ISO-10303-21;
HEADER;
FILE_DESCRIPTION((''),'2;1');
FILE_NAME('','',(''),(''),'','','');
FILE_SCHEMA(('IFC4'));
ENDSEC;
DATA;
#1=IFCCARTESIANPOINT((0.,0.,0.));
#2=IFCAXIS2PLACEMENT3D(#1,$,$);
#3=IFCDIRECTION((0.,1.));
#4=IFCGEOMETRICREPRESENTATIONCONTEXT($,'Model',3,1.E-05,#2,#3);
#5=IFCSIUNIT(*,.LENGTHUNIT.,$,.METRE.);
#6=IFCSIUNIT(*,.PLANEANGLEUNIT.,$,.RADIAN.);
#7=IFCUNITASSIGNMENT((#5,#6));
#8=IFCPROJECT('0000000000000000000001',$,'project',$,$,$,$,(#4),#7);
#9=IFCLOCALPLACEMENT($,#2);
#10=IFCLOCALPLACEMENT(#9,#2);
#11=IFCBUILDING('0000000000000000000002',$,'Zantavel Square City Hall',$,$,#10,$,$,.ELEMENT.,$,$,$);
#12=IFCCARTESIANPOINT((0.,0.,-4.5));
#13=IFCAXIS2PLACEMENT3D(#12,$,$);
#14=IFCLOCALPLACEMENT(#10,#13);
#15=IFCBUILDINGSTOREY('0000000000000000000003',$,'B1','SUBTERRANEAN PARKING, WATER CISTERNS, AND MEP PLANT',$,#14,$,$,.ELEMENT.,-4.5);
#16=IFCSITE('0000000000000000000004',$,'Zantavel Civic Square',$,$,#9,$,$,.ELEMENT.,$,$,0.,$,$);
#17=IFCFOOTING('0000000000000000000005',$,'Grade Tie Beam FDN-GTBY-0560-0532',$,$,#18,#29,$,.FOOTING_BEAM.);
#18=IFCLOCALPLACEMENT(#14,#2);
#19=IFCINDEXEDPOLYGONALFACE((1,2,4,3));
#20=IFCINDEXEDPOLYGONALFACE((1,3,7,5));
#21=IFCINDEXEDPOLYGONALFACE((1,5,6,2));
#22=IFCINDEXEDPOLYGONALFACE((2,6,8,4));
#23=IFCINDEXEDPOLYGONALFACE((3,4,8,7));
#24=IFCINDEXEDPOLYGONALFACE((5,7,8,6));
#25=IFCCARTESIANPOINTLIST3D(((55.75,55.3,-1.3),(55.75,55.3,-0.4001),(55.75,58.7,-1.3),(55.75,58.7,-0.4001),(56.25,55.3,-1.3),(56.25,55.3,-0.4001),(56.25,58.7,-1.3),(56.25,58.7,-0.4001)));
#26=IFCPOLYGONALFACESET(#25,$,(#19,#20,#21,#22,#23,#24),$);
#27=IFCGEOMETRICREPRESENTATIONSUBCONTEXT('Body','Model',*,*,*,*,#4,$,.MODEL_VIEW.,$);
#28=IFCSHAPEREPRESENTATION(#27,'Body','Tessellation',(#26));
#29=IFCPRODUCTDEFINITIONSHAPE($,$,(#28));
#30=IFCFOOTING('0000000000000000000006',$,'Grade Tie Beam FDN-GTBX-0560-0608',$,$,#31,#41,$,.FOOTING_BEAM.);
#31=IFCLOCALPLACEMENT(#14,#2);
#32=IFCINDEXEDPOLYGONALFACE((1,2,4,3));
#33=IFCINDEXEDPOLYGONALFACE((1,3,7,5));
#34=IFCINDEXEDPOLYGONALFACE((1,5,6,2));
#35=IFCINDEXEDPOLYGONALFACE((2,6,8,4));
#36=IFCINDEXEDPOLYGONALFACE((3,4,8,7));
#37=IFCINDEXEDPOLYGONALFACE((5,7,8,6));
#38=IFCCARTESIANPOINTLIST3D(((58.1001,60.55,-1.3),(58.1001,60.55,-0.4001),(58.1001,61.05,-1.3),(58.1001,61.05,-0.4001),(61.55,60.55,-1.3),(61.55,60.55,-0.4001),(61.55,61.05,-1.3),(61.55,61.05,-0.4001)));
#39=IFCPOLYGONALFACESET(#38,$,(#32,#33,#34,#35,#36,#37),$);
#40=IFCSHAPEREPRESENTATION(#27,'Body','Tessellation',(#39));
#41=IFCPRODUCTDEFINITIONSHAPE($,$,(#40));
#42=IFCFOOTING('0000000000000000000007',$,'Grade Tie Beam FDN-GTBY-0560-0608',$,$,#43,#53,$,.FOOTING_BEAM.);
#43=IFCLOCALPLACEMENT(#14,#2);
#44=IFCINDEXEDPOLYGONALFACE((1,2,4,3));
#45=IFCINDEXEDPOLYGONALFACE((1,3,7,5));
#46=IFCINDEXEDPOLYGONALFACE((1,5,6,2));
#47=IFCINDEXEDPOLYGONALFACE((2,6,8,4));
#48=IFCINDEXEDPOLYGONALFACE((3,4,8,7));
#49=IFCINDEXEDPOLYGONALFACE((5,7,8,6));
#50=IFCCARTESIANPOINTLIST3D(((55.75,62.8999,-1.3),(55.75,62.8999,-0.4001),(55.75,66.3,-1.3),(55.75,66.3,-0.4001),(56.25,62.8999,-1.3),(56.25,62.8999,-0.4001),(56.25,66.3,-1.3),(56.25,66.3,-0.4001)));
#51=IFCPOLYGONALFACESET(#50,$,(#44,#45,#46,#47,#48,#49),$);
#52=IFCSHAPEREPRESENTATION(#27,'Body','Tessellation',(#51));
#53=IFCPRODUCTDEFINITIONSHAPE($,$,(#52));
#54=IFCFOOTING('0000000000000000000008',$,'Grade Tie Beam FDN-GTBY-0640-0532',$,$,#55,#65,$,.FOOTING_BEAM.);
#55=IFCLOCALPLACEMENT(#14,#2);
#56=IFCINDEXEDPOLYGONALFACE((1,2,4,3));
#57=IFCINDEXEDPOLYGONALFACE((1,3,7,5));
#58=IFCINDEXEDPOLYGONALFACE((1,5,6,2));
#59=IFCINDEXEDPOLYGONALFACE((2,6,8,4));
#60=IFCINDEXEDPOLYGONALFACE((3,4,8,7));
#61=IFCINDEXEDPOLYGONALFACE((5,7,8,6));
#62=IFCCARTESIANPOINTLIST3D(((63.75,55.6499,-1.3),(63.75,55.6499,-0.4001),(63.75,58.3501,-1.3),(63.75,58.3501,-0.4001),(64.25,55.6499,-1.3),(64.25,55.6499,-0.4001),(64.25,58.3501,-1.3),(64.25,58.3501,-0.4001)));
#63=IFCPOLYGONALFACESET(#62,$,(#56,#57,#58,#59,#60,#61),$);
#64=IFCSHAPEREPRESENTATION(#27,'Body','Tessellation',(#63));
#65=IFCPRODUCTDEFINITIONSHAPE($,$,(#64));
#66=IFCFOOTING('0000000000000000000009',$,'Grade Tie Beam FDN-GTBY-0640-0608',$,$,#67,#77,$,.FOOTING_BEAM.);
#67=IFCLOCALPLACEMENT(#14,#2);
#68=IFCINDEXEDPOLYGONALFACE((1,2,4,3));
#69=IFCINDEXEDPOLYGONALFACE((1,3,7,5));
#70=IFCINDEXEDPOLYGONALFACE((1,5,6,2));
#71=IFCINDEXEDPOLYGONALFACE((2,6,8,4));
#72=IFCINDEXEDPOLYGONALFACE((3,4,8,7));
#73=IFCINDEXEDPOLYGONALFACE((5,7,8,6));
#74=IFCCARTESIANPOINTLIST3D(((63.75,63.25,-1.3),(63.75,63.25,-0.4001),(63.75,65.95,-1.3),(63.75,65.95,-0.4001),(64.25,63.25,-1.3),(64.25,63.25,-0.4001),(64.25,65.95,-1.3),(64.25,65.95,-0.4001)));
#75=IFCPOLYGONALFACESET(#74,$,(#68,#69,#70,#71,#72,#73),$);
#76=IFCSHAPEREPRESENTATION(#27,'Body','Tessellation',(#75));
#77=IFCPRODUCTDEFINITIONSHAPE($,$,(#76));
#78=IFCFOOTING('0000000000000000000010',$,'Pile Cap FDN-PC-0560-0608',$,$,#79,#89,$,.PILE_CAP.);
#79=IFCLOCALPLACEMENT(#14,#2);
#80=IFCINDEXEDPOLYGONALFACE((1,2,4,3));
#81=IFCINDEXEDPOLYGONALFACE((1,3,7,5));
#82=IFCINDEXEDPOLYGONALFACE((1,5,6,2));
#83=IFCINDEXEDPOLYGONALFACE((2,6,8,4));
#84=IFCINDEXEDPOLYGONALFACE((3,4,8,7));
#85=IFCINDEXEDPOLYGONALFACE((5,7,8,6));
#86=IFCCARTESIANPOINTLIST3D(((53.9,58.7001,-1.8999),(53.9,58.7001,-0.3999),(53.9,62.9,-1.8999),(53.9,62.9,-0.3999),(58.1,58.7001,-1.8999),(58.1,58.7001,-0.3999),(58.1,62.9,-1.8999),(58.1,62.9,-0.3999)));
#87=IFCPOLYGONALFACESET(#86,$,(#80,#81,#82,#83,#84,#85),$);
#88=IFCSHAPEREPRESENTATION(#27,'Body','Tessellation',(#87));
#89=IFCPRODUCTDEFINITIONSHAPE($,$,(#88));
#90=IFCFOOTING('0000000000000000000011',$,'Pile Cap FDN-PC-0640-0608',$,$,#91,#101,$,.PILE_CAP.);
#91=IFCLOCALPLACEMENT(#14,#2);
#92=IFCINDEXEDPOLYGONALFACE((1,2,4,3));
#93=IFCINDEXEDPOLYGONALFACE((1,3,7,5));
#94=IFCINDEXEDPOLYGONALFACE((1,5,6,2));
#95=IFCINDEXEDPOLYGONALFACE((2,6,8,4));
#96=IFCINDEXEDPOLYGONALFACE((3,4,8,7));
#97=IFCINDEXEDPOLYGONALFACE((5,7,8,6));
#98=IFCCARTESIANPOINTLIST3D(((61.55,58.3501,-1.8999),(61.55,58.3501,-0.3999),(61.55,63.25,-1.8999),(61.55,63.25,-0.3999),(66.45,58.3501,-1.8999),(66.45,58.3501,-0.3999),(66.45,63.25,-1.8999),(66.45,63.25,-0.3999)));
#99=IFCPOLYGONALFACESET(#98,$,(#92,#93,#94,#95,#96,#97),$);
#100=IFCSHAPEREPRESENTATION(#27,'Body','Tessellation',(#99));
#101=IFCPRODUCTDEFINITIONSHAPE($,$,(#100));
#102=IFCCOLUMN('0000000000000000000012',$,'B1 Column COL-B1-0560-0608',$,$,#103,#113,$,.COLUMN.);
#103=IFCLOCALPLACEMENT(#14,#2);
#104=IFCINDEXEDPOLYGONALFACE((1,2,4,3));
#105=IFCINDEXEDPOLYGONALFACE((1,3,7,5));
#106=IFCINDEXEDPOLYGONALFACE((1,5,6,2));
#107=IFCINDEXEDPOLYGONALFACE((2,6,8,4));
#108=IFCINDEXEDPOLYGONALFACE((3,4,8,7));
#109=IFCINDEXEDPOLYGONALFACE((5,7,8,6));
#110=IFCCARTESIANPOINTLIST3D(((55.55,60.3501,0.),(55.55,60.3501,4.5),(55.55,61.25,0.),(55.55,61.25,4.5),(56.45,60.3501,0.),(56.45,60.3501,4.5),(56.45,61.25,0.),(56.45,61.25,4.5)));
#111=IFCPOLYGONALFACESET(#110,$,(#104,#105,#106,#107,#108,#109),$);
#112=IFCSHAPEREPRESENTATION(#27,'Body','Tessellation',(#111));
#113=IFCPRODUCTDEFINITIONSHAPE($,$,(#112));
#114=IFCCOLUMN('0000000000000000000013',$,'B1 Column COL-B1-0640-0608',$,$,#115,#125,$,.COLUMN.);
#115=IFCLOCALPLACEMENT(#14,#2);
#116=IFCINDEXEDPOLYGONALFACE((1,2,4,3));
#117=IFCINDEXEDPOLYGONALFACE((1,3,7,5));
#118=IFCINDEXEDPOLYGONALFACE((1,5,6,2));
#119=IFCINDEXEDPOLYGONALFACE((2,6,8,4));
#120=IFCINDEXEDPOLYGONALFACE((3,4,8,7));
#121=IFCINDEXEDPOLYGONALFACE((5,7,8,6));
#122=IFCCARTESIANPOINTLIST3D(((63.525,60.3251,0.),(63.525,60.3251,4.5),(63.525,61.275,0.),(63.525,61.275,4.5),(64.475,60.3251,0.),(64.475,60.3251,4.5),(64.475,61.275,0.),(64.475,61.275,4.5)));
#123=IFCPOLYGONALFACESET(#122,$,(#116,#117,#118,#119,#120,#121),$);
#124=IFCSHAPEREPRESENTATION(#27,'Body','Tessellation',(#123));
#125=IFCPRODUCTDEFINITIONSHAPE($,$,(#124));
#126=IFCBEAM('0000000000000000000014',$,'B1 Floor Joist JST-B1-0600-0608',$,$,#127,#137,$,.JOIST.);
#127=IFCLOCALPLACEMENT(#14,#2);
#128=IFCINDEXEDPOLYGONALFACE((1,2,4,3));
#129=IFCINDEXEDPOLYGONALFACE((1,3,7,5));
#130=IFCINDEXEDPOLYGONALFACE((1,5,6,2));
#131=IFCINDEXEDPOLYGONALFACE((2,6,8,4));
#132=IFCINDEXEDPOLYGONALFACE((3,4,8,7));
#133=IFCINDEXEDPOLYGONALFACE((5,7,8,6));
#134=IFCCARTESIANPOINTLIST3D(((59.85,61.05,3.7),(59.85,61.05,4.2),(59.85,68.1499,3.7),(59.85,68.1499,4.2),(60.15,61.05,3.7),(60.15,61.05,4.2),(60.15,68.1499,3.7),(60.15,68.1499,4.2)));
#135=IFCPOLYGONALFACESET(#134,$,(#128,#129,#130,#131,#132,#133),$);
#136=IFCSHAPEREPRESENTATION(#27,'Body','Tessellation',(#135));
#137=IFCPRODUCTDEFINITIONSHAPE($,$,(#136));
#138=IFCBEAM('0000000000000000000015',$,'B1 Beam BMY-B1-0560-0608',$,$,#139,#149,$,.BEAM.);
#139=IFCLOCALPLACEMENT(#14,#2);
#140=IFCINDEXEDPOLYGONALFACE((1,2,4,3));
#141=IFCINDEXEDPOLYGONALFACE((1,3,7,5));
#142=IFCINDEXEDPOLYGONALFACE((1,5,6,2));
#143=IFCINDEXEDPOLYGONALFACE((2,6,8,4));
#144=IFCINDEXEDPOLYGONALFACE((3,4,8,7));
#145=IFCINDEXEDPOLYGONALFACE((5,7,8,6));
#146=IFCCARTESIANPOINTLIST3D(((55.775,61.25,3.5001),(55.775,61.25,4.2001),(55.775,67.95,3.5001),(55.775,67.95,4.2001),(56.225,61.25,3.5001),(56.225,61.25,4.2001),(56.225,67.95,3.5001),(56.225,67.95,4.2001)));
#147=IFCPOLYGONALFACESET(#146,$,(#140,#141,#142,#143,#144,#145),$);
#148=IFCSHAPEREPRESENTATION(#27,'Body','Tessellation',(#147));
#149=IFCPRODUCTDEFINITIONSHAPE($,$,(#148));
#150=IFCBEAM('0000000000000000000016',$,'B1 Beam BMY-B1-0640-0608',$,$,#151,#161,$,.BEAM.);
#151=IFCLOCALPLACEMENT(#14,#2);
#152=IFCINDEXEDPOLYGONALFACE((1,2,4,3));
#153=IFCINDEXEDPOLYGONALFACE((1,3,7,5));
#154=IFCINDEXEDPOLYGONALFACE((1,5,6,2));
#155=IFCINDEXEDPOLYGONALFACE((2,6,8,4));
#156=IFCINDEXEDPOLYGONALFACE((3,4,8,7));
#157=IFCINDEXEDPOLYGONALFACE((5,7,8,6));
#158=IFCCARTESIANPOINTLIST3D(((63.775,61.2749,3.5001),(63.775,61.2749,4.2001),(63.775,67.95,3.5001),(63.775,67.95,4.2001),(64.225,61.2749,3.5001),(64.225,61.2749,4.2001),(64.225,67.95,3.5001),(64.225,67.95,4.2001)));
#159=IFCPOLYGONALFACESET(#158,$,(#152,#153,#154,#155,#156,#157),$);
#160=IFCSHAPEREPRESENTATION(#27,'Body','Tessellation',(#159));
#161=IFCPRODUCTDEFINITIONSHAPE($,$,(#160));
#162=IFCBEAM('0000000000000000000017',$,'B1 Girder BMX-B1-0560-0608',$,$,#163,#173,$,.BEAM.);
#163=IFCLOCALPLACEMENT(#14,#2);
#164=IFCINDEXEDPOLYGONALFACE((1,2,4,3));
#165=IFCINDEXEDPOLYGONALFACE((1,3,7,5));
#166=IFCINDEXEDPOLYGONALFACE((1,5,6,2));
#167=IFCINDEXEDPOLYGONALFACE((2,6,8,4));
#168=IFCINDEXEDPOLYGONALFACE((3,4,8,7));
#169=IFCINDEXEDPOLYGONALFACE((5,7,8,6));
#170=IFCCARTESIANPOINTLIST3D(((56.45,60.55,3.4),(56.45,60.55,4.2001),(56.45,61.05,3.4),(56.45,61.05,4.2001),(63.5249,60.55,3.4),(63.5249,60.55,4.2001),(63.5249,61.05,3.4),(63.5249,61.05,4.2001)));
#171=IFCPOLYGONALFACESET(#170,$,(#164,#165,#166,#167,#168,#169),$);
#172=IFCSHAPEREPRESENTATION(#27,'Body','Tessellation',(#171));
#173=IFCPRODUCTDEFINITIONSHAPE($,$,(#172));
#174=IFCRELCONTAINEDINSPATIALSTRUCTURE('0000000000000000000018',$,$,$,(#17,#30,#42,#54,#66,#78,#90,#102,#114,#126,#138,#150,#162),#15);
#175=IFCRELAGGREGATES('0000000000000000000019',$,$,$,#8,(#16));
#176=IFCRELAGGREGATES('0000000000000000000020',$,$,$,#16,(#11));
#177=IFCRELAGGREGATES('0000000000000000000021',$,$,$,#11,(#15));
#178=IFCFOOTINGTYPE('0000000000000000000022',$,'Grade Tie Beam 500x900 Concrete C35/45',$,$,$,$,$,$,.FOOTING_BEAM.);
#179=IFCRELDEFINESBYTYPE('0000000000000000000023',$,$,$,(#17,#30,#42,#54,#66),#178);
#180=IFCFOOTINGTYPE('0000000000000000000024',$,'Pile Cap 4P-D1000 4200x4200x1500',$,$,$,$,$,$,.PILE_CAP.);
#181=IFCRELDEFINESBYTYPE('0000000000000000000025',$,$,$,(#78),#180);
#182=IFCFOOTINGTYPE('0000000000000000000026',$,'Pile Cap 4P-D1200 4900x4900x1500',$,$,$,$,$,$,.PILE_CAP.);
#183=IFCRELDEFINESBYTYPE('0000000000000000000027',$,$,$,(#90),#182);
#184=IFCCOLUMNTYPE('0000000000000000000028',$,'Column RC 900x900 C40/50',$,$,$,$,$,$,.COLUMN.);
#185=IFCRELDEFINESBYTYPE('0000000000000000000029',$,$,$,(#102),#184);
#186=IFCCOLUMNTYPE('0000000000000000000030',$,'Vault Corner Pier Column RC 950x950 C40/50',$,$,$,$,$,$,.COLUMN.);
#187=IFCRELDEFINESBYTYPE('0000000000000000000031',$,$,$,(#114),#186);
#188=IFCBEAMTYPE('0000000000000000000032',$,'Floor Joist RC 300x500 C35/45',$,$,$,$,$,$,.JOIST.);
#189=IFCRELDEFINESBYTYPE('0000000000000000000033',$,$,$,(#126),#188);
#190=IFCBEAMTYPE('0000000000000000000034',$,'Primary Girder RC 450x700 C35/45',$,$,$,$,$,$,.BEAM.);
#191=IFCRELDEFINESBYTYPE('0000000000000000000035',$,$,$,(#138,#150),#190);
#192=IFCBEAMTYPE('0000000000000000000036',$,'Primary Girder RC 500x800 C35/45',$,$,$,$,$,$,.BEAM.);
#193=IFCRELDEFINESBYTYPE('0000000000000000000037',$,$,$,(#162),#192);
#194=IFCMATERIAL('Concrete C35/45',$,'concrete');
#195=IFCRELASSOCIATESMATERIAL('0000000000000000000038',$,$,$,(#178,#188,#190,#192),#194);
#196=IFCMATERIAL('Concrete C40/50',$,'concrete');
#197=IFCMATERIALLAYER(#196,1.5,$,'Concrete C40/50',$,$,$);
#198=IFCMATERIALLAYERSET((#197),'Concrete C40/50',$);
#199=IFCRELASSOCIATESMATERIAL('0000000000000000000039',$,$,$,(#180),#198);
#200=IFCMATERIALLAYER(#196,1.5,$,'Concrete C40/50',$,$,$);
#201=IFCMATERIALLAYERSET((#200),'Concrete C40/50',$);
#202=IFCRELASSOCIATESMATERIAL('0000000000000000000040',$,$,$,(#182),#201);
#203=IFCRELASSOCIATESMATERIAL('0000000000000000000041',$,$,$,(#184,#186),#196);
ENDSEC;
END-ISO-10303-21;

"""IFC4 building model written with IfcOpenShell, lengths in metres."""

from ifc_helpers import new_model, si_unit, direction, frame, origin, origin_2d, place, context, subcontext, project, spatial, rectangle, extrude, material, layer, layer_set, material_profile, profile_set, type_object, element, save


model = new_model("IFC4")

# Units and contexts
model_context = context("Model", 3, precision=1e-05, world=origin(), true_north=direction((0.0, 1.0)))
body_context = subcontext(model_context, "Body", "Model", "MODEL_VIEW")
ifc_project = project(units=[si_unit("LENGTHUNIT", "METRE"), si_unit("PLANEANGLEUNIT", "RADIAN")], contexts=[model_context])

# Site, building, storey
site_placement = place(None, origin())
site = spatial("IfcSite", under=ifc_project, at=site_placement, Name="Zantavel Civic Square", CompositionType="ELEMENT", RefElevation=0.0)
building_placement = place(site_placement, origin())
building = spatial("IfcBuilding", under=site, at=building_placement, Name="Zantavel Square City Hall", CompositionType="ELEMENT")
storey_placement = place(building_placement, frame((0.0, 0.0, -4.5)))
storey = spatial("IfcBuildingStorey", under=building, at=storey_placement, Name="B1", Description="SUBTERRANEAN PARKING, WATER CISTERNS, AND MEP PLANT", CompositionType="ELEMENT", Elevation=-4.5)

# Shared definitions
ifc_material_1 = material(Name="Concrete C35/45", Category="concrete")

# Footings
ifc_material_profile_1 = material_profile(ifc_material_1, rectangle(XDim=0.5, YDim=0.8999, at=origin_2d()), Name="RC 500x900")
ifc_profile_set_1 = profile_set([ifc_material_profile_1], Name="Concrete C35/45")
footing_type_1 = type_object("IfcFootingType", Name="Grade Tie Beam 500x900 Concrete C35/45", PredefinedType="FOOTING_BEAM", material=ifc_profile_set_1)
footing_1_placement = place(storey_placement, frame((56.0, 55.3, -0.8501), z_axis=(0.0, 1.0, 0.0), x_axis=(-1.0, 0.0, 0.0)))
element("IfcFooting", 1, at=footing_1_placement, inside=storey, type_object=footing_type_1, Name="Grade Tie Beam FDN-GTBY-0560-0532", PredefinedType="FOOTING_BEAM", context=body_context, shape_type="SweptSolid", body=[
    extrude(rectangle(XDim=0.5, YDim=0.8999, at=origin_2d()), origin(), (0.0, 0.0, 1.0), 3.3999),
])
footing_2_placement = place(storey_placement, frame((58.1001, 60.8, -0.8501), z_axis=(1.0, 0.0, 0.0), x_axis=(0.0, 1.0, 0.0)))
element("IfcFooting", 2, at=footing_2_placement, inside=storey, type_object=footing_type_1, Name="Grade Tie Beam FDN-GTBX-0560-0608", PredefinedType="FOOTING_BEAM", context=body_context, shape_type="SweptSolid", body=[
    extrude(rectangle(XDim=0.5, YDim=0.8999, at=origin_2d()), origin(), (0.0, 0.0, 1.0), 3.45),
])
footing_3_placement = place(storey_placement, frame((56.0, 62.8999, -0.8501), z_axis=(0.0, 1.0, 0.0), x_axis=(-1.0, 0.0, 0.0)))
element("IfcFooting", 3, at=footing_3_placement, inside=storey, type_object=footing_type_1, Name="Grade Tie Beam FDN-GTBY-0560-0608", PredefinedType="FOOTING_BEAM", context=body_context, shape_type="SweptSolid", body=[
    extrude(rectangle(XDim=0.5, YDim=0.8999, at=origin_2d()), origin(), (0.0, 0.0, 1.0), 3.4001),
])
footing_4_placement = place(storey_placement, frame((64.0, 55.6499, -0.8501), z_axis=(0.0, 1.0, 0.0), x_axis=(-1.0, 0.0, 0.0)))
element("IfcFooting", 4, at=footing_4_placement, inside=storey, type_object=footing_type_1, Name="Grade Tie Beam FDN-GTBY-0640-0532", PredefinedType="FOOTING_BEAM", context=body_context, shape_type="SweptSolid", body=[
    extrude(rectangle(XDim=0.5, YDim=0.8999, at=origin_2d()), origin(), (0.0, 0.0, 1.0), 2.7002),
])
footing_5_placement = place(storey_placement, frame((64.0, 63.25, -0.8501), z_axis=(0.0, 1.0, 0.0), x_axis=(-1.0, 0.0, 0.0)))
element("IfcFooting", 5, at=footing_5_placement, inside=storey, type_object=footing_type_1, Name="Grade Tie Beam FDN-GTBY-0640-0608", PredefinedType="FOOTING_BEAM", context=body_context, shape_type="SweptSolid", body=[
    extrude(rectangle(XDim=0.5, YDim=0.8999, at=origin_2d()), origin(), (0.0, 0.0, 1.0), 2.7),
])
ifc_material_2 = material(Name="Concrete C40/50", Category="concrete")
ifc_layer_1 = layer(ifc_material_2, 1.5, Name="Concrete C40/50")
ifc_layer_set_1 = layer_set([ifc_layer_1], Name="Concrete C40/50")
footing_type_2 = type_object("IfcFootingType", Name="Pile Cap 4P-D1000 4200x4200x1500", PredefinedType="PILE_CAP", material=ifc_layer_set_1)
footing_6_placement = place(storey_placement, frame((56.0, 60.8, -1.8999), z_axis=(0.0, 0.0, 1.0), x_axis=(1.0, 0.0, 0.0)))
element("IfcFooting", 6, at=footing_6_placement, inside=storey, type_object=footing_type_2, Name="Pile Cap FDN-PC-0560-0608", PredefinedType="PILE_CAP", context=body_context, shape_type="SweptSolid", body=[
    extrude(rectangle(XDim=4.2, YDim=4.2, at=origin_2d()), origin(), (0.0, 0.0, 1.0), 1.5),
])
ifc_layer_2 = layer(ifc_material_2, 1.5, Name="Concrete C40/50")
ifc_layer_set_2 = layer_set([ifc_layer_2], Name="Concrete C40/50")
footing_type_3 = type_object("IfcFootingType", Name="Pile Cap 4P-D1200 4900x4900x1500", PredefinedType="PILE_CAP", material=ifc_layer_set_2)
footing_7_placement = place(storey_placement, frame((64.0, 60.8, -1.8999), z_axis=(0.0, 0.0, 1.0), x_axis=(1.0, 0.0, 0.0)))
element("IfcFooting", 7, at=footing_7_placement, inside=storey, type_object=footing_type_3, Name="Pile Cap FDN-PC-0640-0608", PredefinedType="PILE_CAP", context=body_context, shape_type="SweptSolid", body=[
    extrude(rectangle(XDim=4.8999, YDim=4.8999, at=origin_2d()), origin(), (0.0, 0.0, 1.0), 1.5),
])

# Columns
ifc_material_profile_2 = material_profile(ifc_material_2, rectangle(XDim=0.8999, YDim=0.8999, at=origin_2d()), Name="RC 900x900")
ifc_profile_set_2 = profile_set([ifc_material_profile_2], Name="Concrete C40/50")
column_type_1 = type_object("IfcColumnType", Name="Column RC 900x900 C40/50", PredefinedType="COLUMN", material=ifc_profile_set_2)
column_1_placement = place(storey_placement, frame((56.0, 60.8, 0.0), z_axis=(0.0, 0.0, 1.0), x_axis=(1.0, 0.0, 0.0)))
element("IfcColumn", 8, at=column_1_placement, inside=storey, type_object=column_type_1, Name="B1 Column COL-B1-0560-0608", PredefinedType="COLUMN", context=body_context, shape_type="SweptSolid", body=[
    extrude(rectangle(XDim=0.8999, YDim=0.8999, at=origin_2d()), origin(), (0.0, 0.0, 1.0), 4.5),
])
ifc_material_profile_3 = material_profile(ifc_material_2, rectangle(XDim=0.95, YDim=0.95, at=origin_2d()), Name="RC 950x950")
ifc_profile_set_3 = profile_set([ifc_material_profile_3], Name="Concrete C40/50")
column_type_2 = type_object("IfcColumnType", Name="Vault Corner Pier Column RC 950x950 C40/50", PredefinedType="COLUMN", material=ifc_profile_set_3)
column_2_placement = place(storey_placement, frame((64.0, 60.8, 0.0), z_axis=(0.0, 0.0, 1.0), x_axis=(1.0, 0.0, 0.0)))
element("IfcColumn", 9, at=column_2_placement, inside=storey, type_object=column_type_2, Name="B1 Column COL-B1-0640-0608", PredefinedType="COLUMN", context=body_context, shape_type="SweptSolid", body=[
    extrude(rectangle(XDim=0.95, YDim=0.95, at=origin_2d()), origin(), (0.0, 0.0, 1.0), 4.5),
])

# Beams
ifc_material_profile_4 = material_profile(ifc_material_1, rectangle(XDim=0.3, YDim=0.5, at=origin_2d()), Name="RC 300x500")
ifc_profile_set_4 = profile_set([ifc_material_profile_4], Name="Concrete C35/45")
beam_type_1 = type_object("IfcBeamType", Name="Floor Joist RC 300x500 C35/45", PredefinedType="JOIST", material=ifc_profile_set_4)
beam_1_placement = place(storey_placement, frame((60.0, 61.05, 3.95), z_axis=(0.0, 1.0, 0.0), x_axis=(-1.0, 0.0, 0.0)))
element("IfcBeam", 10, at=beam_1_placement, inside=storey, type_object=beam_type_1, Name="B1 Floor Joist JST-B1-0600-0608", PredefinedType="JOIST", context=body_context, shape_type="SweptSolid", body=[
    extrude(rectangle(XDim=0.3, YDim=0.5, at=origin_2d()), origin(), (0.0, 0.0, 1.0), 7.0999),
])
ifc_material_profile_5 = material_profile(ifc_material_1, rectangle(XDim=0.45, YDim=0.7, at=origin_2d()), Name="RC 450x700")
ifc_profile_set_5 = profile_set([ifc_material_profile_5], Name="Concrete C35/45")
beam_type_2 = type_object("IfcBeamType", Name="Primary Girder RC 450x700 C35/45", PredefinedType="BEAM", material=ifc_profile_set_5)
beam_2_placement = place(storey_placement, frame((56.0, 61.25, 3.8501), z_axis=(0.0, 1.0, 0.0), x_axis=(-1.0, 0.0, 0.0)))
element("IfcBeam", 11, at=beam_2_placement, inside=storey, type_object=beam_type_2, Name="B1 Beam BMY-B1-0560-0608", PredefinedType="BEAM", context=body_context, shape_type="SweptSolid", body=[
    extrude(rectangle(XDim=0.45, YDim=0.7, at=origin_2d()), origin(), (0.0, 0.0, 1.0), 6.7),
])
beam_3_placement = place(storey_placement, frame((64.0, 61.2749, 3.8501), z_axis=(0.0, 1.0, 0.0), x_axis=(-1.0, 0.0, 0.0)))
element("IfcBeam", 12, at=beam_3_placement, inside=storey, type_object=beam_type_2, Name="B1 Beam BMY-B1-0640-0608", PredefinedType="BEAM", context=body_context, shape_type="SweptSolid", body=[
    extrude(rectangle(XDim=0.45, YDim=0.7, at=origin_2d()), origin(), (0.0, 0.0, 1.0), 6.675),
])
ifc_material_profile_6 = material_profile(ifc_material_1, rectangle(XDim=0.5, YDim=0.8, at=origin_2d()), Name="RC 500x800")
ifc_profile_set_6 = profile_set([ifc_material_profile_6], Name="Concrete C35/45")
beam_type_3 = type_object("IfcBeamType", Name="Primary Girder RC 500x800 C35/45", PredefinedType="BEAM", material=ifc_profile_set_6)
beam_4_placement = place(storey_placement, frame((56.45, 60.8, 3.8), z_axis=(1.0, 0.0, 0.0), x_axis=(0.0, 1.0, 0.0)))
element("IfcBeam", 13, at=beam_4_placement, inside=storey, type_object=beam_type_3, Name="B1 Girder BMX-B1-0560-0608", PredefinedType="BEAM", context=body_context, shape_type="SweptSolid", body=[
    extrude(rectangle(XDim=0.5, YDim=0.8, at=origin_2d()), origin(), (0.0, 0.0, 1.0), 7.075),
])

save(model, "model.ifc")
